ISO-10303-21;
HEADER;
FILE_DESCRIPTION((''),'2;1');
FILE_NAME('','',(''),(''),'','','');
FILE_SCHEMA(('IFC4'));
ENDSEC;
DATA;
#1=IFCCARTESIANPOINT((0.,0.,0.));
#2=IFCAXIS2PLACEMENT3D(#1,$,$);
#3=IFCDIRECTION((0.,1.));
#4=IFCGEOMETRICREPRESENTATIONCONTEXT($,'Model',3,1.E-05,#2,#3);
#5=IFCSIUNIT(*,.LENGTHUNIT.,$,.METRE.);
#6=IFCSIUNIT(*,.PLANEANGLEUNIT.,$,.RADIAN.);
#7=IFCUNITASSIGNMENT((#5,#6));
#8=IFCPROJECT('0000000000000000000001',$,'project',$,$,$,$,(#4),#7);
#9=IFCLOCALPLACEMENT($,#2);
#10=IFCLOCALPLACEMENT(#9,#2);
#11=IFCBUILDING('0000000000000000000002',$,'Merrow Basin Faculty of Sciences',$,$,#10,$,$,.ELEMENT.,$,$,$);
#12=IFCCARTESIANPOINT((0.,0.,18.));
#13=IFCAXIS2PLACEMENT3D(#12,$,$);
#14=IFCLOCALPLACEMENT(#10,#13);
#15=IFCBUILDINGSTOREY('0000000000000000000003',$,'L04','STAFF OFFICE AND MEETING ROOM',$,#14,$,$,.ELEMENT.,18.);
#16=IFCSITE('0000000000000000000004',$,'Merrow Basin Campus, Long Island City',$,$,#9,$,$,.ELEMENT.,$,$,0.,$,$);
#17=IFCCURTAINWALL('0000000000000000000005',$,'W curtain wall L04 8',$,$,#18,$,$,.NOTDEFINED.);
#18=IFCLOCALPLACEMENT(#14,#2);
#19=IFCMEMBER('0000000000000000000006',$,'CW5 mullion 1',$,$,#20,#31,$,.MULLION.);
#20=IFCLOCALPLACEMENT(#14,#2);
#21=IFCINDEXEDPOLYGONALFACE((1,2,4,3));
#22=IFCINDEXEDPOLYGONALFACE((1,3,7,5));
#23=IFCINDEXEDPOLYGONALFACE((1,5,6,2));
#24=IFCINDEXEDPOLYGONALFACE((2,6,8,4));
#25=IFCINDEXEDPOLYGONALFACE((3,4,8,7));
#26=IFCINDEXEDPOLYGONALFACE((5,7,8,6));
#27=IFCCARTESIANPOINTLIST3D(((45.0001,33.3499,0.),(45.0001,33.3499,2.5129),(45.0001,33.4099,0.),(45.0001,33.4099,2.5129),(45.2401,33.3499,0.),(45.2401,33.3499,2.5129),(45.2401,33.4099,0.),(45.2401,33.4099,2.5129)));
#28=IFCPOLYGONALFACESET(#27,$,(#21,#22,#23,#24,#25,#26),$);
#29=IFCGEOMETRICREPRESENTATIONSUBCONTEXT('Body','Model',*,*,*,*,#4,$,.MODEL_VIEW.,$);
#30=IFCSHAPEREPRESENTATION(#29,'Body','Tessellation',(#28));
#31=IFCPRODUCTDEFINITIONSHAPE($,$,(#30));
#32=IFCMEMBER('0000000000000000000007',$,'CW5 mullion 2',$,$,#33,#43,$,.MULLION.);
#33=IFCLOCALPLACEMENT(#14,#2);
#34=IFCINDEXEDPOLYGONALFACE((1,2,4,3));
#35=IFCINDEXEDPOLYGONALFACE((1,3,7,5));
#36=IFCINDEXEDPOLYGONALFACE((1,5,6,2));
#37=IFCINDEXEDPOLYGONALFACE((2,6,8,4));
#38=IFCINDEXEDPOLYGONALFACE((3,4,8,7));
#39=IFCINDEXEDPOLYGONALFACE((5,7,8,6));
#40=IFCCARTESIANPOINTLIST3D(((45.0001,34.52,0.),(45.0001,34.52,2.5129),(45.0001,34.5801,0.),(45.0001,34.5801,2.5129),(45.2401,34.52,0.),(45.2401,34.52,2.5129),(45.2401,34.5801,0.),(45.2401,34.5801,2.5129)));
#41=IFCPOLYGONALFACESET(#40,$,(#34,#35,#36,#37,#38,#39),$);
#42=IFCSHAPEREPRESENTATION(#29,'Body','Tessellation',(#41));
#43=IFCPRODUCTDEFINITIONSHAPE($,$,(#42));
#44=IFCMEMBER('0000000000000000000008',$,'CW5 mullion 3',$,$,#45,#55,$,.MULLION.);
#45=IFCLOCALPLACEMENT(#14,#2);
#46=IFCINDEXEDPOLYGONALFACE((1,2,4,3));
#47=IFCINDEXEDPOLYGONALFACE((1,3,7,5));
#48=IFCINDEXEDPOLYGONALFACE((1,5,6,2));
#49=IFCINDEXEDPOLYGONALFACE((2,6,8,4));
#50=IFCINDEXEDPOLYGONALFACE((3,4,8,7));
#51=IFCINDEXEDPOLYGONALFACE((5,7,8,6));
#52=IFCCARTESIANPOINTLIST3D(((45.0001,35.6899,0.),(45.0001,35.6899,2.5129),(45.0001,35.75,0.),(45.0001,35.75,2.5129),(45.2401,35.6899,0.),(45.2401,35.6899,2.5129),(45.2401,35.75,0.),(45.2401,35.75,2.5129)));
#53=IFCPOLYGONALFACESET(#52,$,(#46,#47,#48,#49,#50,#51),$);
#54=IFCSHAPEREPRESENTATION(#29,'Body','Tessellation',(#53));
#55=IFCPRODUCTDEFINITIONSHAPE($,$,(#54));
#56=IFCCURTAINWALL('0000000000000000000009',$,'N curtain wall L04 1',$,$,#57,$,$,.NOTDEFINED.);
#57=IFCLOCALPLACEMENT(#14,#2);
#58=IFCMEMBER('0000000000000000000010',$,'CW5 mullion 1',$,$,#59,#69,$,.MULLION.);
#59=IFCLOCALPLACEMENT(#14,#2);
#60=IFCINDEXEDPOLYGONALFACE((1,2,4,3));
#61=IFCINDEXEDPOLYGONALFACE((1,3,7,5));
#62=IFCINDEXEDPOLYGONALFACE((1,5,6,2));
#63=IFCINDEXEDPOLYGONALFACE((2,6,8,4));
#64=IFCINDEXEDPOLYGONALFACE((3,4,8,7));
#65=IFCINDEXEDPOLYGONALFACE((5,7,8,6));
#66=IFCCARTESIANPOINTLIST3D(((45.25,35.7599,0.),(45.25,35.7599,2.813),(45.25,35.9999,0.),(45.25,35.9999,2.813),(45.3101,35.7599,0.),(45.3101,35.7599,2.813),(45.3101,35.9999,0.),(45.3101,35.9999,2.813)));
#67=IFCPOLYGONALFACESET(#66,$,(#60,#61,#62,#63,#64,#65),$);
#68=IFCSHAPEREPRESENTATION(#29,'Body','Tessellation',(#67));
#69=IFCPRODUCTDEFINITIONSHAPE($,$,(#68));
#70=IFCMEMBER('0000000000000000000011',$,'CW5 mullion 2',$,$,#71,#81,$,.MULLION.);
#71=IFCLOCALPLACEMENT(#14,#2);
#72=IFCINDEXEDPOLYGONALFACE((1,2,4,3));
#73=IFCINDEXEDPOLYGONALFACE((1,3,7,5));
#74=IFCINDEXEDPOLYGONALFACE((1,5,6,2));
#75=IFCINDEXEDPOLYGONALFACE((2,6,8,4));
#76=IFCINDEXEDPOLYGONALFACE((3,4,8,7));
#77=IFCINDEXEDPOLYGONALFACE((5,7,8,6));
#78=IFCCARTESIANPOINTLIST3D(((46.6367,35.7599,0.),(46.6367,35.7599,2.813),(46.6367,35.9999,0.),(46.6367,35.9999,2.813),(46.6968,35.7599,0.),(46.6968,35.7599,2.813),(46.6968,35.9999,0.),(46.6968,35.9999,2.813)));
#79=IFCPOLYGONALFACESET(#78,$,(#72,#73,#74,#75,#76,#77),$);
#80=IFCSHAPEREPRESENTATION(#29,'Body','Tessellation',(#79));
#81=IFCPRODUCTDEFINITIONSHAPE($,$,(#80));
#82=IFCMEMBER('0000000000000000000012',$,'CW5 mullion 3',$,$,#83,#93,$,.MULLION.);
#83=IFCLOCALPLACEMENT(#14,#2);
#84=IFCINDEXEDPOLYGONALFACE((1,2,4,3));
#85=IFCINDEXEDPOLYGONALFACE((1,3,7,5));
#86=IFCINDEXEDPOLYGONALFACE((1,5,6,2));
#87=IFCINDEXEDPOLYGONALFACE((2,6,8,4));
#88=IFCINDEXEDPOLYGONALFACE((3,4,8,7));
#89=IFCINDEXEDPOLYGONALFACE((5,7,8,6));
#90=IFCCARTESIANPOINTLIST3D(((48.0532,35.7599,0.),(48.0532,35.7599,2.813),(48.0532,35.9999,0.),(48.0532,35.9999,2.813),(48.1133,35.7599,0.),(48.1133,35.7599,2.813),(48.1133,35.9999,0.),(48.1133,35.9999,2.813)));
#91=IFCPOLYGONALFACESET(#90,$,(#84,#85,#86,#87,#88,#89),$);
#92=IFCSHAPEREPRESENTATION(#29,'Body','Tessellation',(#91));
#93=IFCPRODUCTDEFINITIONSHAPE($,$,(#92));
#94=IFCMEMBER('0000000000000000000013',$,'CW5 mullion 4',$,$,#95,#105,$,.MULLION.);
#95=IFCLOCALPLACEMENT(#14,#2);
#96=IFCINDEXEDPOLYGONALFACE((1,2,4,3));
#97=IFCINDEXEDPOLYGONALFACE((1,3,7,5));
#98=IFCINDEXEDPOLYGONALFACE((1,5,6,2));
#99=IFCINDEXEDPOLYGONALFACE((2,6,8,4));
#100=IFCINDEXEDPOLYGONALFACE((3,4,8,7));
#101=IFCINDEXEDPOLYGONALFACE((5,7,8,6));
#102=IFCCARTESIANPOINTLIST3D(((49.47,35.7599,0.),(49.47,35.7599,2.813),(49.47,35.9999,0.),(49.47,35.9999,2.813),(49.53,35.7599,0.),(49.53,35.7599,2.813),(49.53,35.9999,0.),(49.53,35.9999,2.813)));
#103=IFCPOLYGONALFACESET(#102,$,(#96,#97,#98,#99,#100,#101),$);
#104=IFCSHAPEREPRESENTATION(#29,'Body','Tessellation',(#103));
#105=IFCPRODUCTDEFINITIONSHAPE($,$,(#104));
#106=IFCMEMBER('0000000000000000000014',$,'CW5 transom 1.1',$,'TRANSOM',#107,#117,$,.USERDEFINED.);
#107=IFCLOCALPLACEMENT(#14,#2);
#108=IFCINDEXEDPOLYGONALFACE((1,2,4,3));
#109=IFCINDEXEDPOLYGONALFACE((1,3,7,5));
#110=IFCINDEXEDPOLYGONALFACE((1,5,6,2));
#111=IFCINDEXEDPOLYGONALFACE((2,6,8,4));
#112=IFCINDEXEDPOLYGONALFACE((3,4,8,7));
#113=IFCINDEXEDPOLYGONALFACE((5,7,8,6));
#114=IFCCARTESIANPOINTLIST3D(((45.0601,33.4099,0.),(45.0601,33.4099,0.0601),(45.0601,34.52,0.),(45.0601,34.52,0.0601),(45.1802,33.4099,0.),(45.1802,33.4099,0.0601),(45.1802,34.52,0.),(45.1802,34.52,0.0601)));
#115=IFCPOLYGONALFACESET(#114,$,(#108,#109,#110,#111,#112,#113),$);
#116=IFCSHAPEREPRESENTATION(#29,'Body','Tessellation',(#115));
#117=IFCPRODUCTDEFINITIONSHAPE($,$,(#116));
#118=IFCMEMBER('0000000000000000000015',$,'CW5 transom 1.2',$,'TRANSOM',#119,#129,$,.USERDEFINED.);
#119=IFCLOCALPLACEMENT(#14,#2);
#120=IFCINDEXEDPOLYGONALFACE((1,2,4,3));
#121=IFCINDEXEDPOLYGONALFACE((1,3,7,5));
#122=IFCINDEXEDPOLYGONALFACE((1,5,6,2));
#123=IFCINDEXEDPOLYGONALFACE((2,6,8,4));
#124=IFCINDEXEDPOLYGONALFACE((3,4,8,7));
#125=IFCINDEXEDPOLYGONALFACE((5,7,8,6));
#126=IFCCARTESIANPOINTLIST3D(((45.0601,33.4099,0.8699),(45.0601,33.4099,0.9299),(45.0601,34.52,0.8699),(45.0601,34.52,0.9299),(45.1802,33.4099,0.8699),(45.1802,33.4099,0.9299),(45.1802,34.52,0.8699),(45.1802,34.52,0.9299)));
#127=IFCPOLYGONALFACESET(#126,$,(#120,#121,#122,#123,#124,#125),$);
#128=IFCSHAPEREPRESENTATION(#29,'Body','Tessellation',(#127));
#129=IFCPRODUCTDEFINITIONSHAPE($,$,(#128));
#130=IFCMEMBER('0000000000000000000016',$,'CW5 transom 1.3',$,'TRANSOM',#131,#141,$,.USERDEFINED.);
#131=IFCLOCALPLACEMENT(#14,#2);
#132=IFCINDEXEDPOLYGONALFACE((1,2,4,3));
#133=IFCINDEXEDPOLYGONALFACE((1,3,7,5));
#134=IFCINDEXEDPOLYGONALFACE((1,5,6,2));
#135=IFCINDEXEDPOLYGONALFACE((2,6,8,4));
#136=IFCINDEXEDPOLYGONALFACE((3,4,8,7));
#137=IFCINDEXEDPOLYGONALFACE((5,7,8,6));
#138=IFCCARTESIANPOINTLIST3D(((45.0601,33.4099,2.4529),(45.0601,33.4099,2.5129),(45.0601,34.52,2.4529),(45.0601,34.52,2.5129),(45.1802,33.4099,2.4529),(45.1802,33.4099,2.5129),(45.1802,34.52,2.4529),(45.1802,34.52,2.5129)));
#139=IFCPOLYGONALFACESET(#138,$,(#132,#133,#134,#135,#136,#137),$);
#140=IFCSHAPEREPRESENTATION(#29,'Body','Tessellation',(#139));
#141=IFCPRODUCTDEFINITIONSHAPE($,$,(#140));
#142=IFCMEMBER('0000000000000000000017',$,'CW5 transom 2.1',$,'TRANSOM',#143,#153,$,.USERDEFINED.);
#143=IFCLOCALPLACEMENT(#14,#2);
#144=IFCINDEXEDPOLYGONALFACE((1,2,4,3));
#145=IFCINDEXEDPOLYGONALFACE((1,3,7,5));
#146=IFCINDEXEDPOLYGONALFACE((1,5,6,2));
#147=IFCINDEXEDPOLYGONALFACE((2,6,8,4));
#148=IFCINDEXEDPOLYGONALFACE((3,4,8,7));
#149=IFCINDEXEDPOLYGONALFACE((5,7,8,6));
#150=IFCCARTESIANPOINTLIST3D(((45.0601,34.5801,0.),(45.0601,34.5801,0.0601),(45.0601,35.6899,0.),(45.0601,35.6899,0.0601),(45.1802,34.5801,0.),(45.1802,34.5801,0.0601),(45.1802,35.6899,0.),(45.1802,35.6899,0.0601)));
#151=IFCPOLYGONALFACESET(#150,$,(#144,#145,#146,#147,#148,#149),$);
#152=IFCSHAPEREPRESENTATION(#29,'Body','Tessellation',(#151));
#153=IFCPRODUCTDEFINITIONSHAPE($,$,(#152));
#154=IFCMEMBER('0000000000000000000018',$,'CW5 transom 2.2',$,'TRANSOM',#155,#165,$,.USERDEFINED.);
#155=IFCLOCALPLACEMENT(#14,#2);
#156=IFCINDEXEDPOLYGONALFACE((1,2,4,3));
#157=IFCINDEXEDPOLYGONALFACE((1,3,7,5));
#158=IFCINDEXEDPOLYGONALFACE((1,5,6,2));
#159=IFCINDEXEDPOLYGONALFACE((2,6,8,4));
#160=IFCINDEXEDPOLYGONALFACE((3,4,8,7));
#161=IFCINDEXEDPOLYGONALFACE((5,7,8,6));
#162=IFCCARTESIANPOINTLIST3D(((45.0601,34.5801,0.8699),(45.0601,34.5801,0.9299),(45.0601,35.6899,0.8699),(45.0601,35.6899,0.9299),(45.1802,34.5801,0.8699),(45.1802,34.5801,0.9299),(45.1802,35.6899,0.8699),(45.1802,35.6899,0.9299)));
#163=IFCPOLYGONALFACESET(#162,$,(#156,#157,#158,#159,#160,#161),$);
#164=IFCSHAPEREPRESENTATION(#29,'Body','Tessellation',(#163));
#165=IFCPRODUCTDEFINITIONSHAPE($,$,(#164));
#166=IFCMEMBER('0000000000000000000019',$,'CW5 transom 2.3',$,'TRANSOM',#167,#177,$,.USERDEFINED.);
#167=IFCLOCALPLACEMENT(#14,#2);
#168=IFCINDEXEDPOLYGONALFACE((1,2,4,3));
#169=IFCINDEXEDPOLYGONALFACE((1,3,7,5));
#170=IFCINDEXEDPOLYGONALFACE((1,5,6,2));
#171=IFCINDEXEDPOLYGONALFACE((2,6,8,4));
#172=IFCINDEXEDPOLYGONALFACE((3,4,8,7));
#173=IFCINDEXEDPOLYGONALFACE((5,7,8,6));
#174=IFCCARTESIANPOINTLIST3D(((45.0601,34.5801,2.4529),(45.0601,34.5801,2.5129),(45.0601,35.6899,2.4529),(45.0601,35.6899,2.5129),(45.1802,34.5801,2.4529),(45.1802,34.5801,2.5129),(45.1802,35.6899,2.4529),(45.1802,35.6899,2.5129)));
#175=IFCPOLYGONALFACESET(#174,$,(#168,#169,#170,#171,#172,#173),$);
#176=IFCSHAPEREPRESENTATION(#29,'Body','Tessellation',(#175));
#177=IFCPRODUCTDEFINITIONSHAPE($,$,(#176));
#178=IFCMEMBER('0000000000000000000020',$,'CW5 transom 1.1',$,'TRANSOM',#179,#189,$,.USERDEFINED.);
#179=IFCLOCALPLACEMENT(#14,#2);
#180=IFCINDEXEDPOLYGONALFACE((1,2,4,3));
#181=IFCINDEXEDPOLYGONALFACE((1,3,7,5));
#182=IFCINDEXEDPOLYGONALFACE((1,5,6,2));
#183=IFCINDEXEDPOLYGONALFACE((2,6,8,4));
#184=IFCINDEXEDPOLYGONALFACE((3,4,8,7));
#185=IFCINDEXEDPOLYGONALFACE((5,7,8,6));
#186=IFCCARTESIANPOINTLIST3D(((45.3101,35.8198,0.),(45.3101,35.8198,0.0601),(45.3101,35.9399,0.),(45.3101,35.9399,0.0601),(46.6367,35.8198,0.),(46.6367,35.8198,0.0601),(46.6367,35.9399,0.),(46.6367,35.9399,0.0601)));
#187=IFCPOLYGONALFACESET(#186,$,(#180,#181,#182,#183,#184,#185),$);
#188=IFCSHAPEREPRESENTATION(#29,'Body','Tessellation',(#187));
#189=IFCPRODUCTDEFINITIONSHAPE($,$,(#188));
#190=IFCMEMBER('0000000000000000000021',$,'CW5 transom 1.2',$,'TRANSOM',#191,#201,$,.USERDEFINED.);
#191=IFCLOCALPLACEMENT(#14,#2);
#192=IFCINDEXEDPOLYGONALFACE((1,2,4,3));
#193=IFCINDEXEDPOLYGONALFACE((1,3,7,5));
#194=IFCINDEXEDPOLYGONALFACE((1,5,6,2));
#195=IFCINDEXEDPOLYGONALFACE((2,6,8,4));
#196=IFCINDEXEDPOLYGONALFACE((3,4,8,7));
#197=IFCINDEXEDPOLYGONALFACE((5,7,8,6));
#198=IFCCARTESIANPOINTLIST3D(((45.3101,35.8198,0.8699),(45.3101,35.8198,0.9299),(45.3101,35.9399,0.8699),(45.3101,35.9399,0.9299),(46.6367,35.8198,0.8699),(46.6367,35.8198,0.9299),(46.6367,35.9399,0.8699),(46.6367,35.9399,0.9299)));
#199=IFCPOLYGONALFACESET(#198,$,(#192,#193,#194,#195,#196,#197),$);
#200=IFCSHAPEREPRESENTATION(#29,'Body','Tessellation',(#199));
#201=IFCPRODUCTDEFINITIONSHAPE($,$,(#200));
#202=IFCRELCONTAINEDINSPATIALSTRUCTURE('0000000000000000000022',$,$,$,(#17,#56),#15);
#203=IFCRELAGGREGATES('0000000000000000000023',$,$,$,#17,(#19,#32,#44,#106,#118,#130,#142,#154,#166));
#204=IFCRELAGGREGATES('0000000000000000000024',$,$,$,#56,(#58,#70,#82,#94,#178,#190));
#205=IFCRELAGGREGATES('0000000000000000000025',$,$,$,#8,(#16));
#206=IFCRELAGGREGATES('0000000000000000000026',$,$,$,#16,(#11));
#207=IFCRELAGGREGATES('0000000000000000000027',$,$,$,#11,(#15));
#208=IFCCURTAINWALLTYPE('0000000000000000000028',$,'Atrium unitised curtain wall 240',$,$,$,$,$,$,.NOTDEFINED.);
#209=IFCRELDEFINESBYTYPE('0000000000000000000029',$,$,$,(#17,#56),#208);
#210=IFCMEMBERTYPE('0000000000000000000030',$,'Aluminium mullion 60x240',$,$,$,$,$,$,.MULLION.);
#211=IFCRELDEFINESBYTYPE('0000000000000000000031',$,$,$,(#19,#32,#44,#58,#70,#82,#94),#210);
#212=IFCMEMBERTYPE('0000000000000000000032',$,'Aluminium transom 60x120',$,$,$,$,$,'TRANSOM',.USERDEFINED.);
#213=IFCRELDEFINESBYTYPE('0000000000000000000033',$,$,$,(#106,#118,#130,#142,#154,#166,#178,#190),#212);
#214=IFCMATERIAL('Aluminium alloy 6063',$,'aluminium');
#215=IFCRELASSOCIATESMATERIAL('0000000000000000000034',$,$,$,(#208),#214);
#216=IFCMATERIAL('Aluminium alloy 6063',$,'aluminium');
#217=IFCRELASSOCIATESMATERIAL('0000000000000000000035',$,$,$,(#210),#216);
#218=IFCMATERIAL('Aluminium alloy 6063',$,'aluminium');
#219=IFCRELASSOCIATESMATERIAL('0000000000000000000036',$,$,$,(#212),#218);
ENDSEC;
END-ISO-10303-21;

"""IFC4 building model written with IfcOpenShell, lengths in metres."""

from ifc_helpers import new_model, si_unit, direction, frame, origin, origin_2d, place, context, subcontext, project, spatial, rectangle, extrude, material, material_profile, profile_set, type_object, element, aggregate, save


model = new_model("IFC4")

# Units and contexts
model_context = context("Model", 3, precision=1e-05, world=origin(), true_north=direction((0.0, 1.0)))
body_context = subcontext(model_context, "Body", "Model", "MODEL_VIEW")
ifc_project = project(units=[si_unit("LENGTHUNIT", "METRE"), si_unit("PLANEANGLEUNIT", "RADIAN")], contexts=[model_context])

# Site, building, storey
site_placement = place(None, origin())
site = spatial("IfcSite", under=ifc_project, at=site_placement, Name="Merrow Basin Campus, Long Island City", CompositionType="ELEMENT", RefElevation=0.0)
building_placement = place(site_placement, origin())
building = spatial("IfcBuilding", under=site, at=building_placement, Name="Merrow Basin Faculty of Sciences", CompositionType="ELEMENT")
storey_placement = place(building_placement, frame((0.0, 0.0, 18.0)))
storey = spatial("IfcBuildingStorey", under=building, at=storey_placement, Name="L04", Description="STAFF OFFICE AND MEETING ROOM", CompositionType="ELEMENT", Elevation=18.0)

# Curtain walls, members
ifc_material_1 = material(Name="Aluminium alloy 6063", Category="aluminium")
curtain_wall_type = type_object("IfcCurtainWallType", Name="Atrium unitised curtain wall 240", PredefinedType="NOTDEFINED", material=ifc_material_1)
curtain_wall_1_placement = place(storey_placement, origin())
curtain_wall_1 = element("IfcCurtainWall", 1, at=curtain_wall_1_placement, inside=storey, type_object=curtain_wall_type, Name="W curtain wall L04 8", PredefinedType="NOTDEFINED")
ifc_material_2 = material(Name="Aluminium alloy 6063", Category="aluminium")
ifc_material_profile_1 = material_profile(ifc_material_2, rectangle(XDim=0.24, YDim=0.0601, at=origin_2d()))
ifc_profile_set_1 = profile_set([ifc_material_profile_1], Name="Aluminium alloy 6063")
member_type_1 = type_object("IfcMemberType", Name="Aluminium mullion 60x240", PredefinedType="MULLION", material=ifc_profile_set_1)
member_1_placement = place(storey_placement, frame((45.1201, 33.3799, 0.0), z_axis=(0.0, 0.0, 1.0), x_axis=(-1.0, 0.0, 0.0)))
member_1 = element("IfcMember", 2, at=member_1_placement, type_object=member_type_1, Name="CW5 mullion 1", PredefinedType="MULLION", context=body_context, shape_type="SweptSolid", body=[
    extrude(rectangle(XDim=0.24, YDim=0.0601, at=origin_2d()), origin(), (0.0, 0.0, 1.0), 2.5129),
])
member_2_placement = place(storey_placement, frame((45.1201, 34.55, 0.0), z_axis=(0.0, 0.0, 1.0), x_axis=(-1.0, 0.0, 0.0)))
member_2 = element("IfcMember", 3, at=member_2_placement, type_object=member_type_1, Name="CW5 mullion 2", PredefinedType="MULLION", context=body_context, shape_type="SweptSolid", body=[
    extrude(rectangle(XDim=0.24, YDim=0.0601, at=origin_2d()), origin(), (0.0, 0.0, 1.0), 2.5129),
])
member_3_placement = place(storey_placement, frame((45.1201, 35.72, 0.0), z_axis=(0.0, 0.0, 1.0), x_axis=(-1.0, 0.0, 0.0)))
member_3 = element("IfcMember", 4, at=member_3_placement, type_object=member_type_1, Name="CW5 mullion 3", PredefinedType="MULLION", context=body_context, shape_type="SweptSolid", body=[
    extrude(rectangle(XDim=0.24, YDim=0.0601, at=origin_2d()), origin(), (0.0, 0.0, 1.0), 2.5129),
])
curtain_wall_2_placement = place(storey_placement, origin())
curtain_wall_2 = element("IfcCurtainWall", 5, at=curtain_wall_2_placement, inside=storey, type_object=curtain_wall_type, Name="N curtain wall L04 1", PredefinedType="NOTDEFINED")
member_4_placement = place(storey_placement, frame((45.28, 35.8799, 0.0), z_axis=(0.0, 0.0, 1.0), x_axis=(0.0, 1.0, 0.0)))
member_4 = element("IfcMember", 6, at=member_4_placement, type_object=member_type_1, Name="CW5 mullion 1", PredefinedType="MULLION", context=body_context, shape_type="SweptSolid", body=[
    extrude(rectangle(XDim=0.24, YDim=0.0601, at=origin_2d()), origin(), (0.0, 0.0, 1.0), 2.813),
])
member_5_placement = place(storey_placement, frame((46.6667, 35.8799, 0.0), z_axis=(0.0, 0.0, 1.0), x_axis=(0.0, 1.0, 0.0)))
member_5 = element("IfcMember", 7, at=member_5_placement, type_object=member_type_1, Name="CW5 mullion 2", PredefinedType="MULLION", context=body_context, shape_type="SweptSolid", body=[
    extrude(rectangle(XDim=0.24, YDim=0.0601, at=origin_2d()), origin(), (0.0, 0.0, 1.0), 2.813),
])
member_6_placement = place(storey_placement, frame((48.0833, 35.8799, 0.0), z_axis=(0.0, 0.0, 1.0), x_axis=(0.0, 1.0, 0.0)))
member_6 = element("IfcMember", 8, at=member_6_placement, type_object=member_type_1, Name="CW5 mullion 3", PredefinedType="MULLION", context=body_context, shape_type="SweptSolid", body=[
    extrude(rectangle(XDim=0.24, YDim=0.0601, at=origin_2d()), origin(), (0.0, 0.0, 1.0), 2.813),
])
member_7_placement = place(storey_placement, frame((49.5, 35.8799, 0.0), z_axis=(0.0, 0.0, 1.0), x_axis=(0.0, 1.0, 0.0)))
member_7 = element("IfcMember", 9, at=member_7_placement, type_object=member_type_1, Name="CW5 mullion 4", PredefinedType="MULLION", context=body_context, shape_type="SweptSolid", body=[
    extrude(rectangle(XDim=0.24, YDim=0.0601, at=origin_2d()), origin(), (0.0, 0.0, 1.0), 2.813),
])

# Members
ifc_material_3 = material(Name="Aluminium alloy 6063", Category="aluminium")
ifc_material_profile_2 = material_profile(ifc_material_3, rectangle(XDim=0.1201, YDim=0.0601, at=origin_2d()))
ifc_profile_set_2 = profile_set([ifc_material_profile_2], Name="Aluminium alloy 6063")
member_type_2 = type_object("IfcMemberType", Name="Aluminium transom 60x120", ElementType="TRANSOM", PredefinedType="USERDEFINED", material=ifc_profile_set_2)
member_8_placement = place(storey_placement, frame((45.1201, 33.4099, 0.03), z_axis=(0.0, 1.0, 0.0), x_axis=(-1.0, 0.0, 0.0)))
member_8 = element("IfcMember", 10, at=member_8_placement, type_object=member_type_2, Name="CW5 transom 1.1", ObjectType="TRANSOM", PredefinedType="USERDEFINED", context=body_context, shape_type="SweptSolid", body=[
    extrude(rectangle(XDim=0.1201, YDim=0.0601, at=origin_2d()), origin(), (0.0, 0.0, 1.0), 1.1101),
])
member_9_placement = place(storey_placement, frame((45.1201, 33.4099, 0.8999), z_axis=(0.0, 1.0, 0.0), x_axis=(-1.0, 0.0, 0.0)))
member_9 = element("IfcMember", 11, at=member_9_placement, type_object=member_type_2, Name="CW5 transom 1.2", ObjectType="TRANSOM", PredefinedType="USERDEFINED", context=body_context, shape_type="SweptSolid", body=[
    extrude(rectangle(XDim=0.1201, YDim=0.0601, at=origin_2d()), origin(), (0.0, 0.0, 1.0), 1.1101),
])
member_10_placement = place(storey_placement, frame((45.1201, 33.4099, 2.4829), z_axis=(0.0, 1.0, 0.0), x_axis=(-1.0, 0.0, 0.0)))
member_10 = element("IfcMember", 12, at=member_10_placement, type_object=member_type_2, Name="CW5 transom 1.3", ObjectType="TRANSOM", PredefinedType="USERDEFINED", context=body_context, shape_type="SweptSolid", body=[
    extrude(rectangle(XDim=0.1201, YDim=0.0601, at=origin_2d()), origin(), (0.0, 0.0, 1.0), 1.1101),
])
member_11_placement = place(storey_placement, frame((45.1201, 34.5801, 0.03), z_axis=(0.0, 1.0, 0.0), x_axis=(-1.0, 0.0, 0.0)))
member_11 = element("IfcMember", 13, at=member_11_placement, type_object=member_type_2, Name="CW5 transom 2.1", ObjectType="TRANSOM", PredefinedType="USERDEFINED", context=body_context, shape_type="SweptSolid", body=[
    extrude(rectangle(XDim=0.1201, YDim=0.0601, at=origin_2d()), origin(), (0.0, 0.0, 1.0), 1.1099),
])
member_12_placement = place(storey_placement, frame((45.1201, 34.5801, 0.8999), z_axis=(0.0, 1.0, 0.0), x_axis=(-1.0, 0.0, 0.0)))
member_12 = element("IfcMember", 14, at=member_12_placement, type_object=member_type_2, Name="CW5 transom 2.2", ObjectType="TRANSOM", PredefinedType="USERDEFINED", context=body_context, shape_type="SweptSolid", body=[
    extrude(rectangle(XDim=0.1201, YDim=0.0601, at=origin_2d()), origin(), (0.0, 0.0, 1.0), 1.1099),
])
member_13_placement = place(storey_placement, frame((45.1201, 34.5801, 2.4829), z_axis=(0.0, 1.0, 0.0), x_axis=(-1.0, 0.0, 0.0)))
member_13 = element("IfcMember", 15, at=member_13_placement, type_object=member_type_2, Name="CW5 transom 2.3", ObjectType="TRANSOM", PredefinedType="USERDEFINED", context=body_context, shape_type="SweptSolid", body=[
    extrude(rectangle(XDim=0.1201, YDim=0.0601, at=origin_2d()), origin(), (0.0, 0.0, 1.0), 1.1099),
])
member_14_placement = place(storey_placement, frame((45.3101, 35.8799, 0.03), z_axis=(1.0, 0.0, 0.0), x_axis=(0.0, 1.0, 0.0)))
member_14 = element("IfcMember", 16, at=member_14_placement, type_object=member_type_2, Name="CW5 transom 1.1", ObjectType="TRANSOM", PredefinedType="USERDEFINED", context=body_context, shape_type="SweptSolid", body=[
    extrude(rectangle(XDim=0.1201, YDim=0.0601, at=origin_2d()), origin(), (0.0, 0.0, 1.0), 1.3267),
])
member_15_placement = place(storey_placement, frame((45.3101, 35.8799, 0.8999), z_axis=(1.0, 0.0, 0.0), x_axis=(0.0, 1.0, 0.0)))
member_15 = element("IfcMember", 17, at=member_15_placement, type_object=member_type_2, Name="CW5 transom 1.2", ObjectType="TRANSOM", PredefinedType="USERDEFINED", context=body_context, shape_type="SweptSolid", body=[
    extrude(rectangle(XDim=0.1201, YDim=0.0601, at=origin_2d()), origin(), (0.0, 0.0, 1.0), 1.3267),
])

aggregate(curtain_wall_1, [member_1, member_2, member_3, member_8, member_9, member_10, member_11, member_12, member_13])
aggregate(curtain_wall_2, [member_4, member_5, member_6, member_7, member_14, member_15])

save(model, "model.ifc")
